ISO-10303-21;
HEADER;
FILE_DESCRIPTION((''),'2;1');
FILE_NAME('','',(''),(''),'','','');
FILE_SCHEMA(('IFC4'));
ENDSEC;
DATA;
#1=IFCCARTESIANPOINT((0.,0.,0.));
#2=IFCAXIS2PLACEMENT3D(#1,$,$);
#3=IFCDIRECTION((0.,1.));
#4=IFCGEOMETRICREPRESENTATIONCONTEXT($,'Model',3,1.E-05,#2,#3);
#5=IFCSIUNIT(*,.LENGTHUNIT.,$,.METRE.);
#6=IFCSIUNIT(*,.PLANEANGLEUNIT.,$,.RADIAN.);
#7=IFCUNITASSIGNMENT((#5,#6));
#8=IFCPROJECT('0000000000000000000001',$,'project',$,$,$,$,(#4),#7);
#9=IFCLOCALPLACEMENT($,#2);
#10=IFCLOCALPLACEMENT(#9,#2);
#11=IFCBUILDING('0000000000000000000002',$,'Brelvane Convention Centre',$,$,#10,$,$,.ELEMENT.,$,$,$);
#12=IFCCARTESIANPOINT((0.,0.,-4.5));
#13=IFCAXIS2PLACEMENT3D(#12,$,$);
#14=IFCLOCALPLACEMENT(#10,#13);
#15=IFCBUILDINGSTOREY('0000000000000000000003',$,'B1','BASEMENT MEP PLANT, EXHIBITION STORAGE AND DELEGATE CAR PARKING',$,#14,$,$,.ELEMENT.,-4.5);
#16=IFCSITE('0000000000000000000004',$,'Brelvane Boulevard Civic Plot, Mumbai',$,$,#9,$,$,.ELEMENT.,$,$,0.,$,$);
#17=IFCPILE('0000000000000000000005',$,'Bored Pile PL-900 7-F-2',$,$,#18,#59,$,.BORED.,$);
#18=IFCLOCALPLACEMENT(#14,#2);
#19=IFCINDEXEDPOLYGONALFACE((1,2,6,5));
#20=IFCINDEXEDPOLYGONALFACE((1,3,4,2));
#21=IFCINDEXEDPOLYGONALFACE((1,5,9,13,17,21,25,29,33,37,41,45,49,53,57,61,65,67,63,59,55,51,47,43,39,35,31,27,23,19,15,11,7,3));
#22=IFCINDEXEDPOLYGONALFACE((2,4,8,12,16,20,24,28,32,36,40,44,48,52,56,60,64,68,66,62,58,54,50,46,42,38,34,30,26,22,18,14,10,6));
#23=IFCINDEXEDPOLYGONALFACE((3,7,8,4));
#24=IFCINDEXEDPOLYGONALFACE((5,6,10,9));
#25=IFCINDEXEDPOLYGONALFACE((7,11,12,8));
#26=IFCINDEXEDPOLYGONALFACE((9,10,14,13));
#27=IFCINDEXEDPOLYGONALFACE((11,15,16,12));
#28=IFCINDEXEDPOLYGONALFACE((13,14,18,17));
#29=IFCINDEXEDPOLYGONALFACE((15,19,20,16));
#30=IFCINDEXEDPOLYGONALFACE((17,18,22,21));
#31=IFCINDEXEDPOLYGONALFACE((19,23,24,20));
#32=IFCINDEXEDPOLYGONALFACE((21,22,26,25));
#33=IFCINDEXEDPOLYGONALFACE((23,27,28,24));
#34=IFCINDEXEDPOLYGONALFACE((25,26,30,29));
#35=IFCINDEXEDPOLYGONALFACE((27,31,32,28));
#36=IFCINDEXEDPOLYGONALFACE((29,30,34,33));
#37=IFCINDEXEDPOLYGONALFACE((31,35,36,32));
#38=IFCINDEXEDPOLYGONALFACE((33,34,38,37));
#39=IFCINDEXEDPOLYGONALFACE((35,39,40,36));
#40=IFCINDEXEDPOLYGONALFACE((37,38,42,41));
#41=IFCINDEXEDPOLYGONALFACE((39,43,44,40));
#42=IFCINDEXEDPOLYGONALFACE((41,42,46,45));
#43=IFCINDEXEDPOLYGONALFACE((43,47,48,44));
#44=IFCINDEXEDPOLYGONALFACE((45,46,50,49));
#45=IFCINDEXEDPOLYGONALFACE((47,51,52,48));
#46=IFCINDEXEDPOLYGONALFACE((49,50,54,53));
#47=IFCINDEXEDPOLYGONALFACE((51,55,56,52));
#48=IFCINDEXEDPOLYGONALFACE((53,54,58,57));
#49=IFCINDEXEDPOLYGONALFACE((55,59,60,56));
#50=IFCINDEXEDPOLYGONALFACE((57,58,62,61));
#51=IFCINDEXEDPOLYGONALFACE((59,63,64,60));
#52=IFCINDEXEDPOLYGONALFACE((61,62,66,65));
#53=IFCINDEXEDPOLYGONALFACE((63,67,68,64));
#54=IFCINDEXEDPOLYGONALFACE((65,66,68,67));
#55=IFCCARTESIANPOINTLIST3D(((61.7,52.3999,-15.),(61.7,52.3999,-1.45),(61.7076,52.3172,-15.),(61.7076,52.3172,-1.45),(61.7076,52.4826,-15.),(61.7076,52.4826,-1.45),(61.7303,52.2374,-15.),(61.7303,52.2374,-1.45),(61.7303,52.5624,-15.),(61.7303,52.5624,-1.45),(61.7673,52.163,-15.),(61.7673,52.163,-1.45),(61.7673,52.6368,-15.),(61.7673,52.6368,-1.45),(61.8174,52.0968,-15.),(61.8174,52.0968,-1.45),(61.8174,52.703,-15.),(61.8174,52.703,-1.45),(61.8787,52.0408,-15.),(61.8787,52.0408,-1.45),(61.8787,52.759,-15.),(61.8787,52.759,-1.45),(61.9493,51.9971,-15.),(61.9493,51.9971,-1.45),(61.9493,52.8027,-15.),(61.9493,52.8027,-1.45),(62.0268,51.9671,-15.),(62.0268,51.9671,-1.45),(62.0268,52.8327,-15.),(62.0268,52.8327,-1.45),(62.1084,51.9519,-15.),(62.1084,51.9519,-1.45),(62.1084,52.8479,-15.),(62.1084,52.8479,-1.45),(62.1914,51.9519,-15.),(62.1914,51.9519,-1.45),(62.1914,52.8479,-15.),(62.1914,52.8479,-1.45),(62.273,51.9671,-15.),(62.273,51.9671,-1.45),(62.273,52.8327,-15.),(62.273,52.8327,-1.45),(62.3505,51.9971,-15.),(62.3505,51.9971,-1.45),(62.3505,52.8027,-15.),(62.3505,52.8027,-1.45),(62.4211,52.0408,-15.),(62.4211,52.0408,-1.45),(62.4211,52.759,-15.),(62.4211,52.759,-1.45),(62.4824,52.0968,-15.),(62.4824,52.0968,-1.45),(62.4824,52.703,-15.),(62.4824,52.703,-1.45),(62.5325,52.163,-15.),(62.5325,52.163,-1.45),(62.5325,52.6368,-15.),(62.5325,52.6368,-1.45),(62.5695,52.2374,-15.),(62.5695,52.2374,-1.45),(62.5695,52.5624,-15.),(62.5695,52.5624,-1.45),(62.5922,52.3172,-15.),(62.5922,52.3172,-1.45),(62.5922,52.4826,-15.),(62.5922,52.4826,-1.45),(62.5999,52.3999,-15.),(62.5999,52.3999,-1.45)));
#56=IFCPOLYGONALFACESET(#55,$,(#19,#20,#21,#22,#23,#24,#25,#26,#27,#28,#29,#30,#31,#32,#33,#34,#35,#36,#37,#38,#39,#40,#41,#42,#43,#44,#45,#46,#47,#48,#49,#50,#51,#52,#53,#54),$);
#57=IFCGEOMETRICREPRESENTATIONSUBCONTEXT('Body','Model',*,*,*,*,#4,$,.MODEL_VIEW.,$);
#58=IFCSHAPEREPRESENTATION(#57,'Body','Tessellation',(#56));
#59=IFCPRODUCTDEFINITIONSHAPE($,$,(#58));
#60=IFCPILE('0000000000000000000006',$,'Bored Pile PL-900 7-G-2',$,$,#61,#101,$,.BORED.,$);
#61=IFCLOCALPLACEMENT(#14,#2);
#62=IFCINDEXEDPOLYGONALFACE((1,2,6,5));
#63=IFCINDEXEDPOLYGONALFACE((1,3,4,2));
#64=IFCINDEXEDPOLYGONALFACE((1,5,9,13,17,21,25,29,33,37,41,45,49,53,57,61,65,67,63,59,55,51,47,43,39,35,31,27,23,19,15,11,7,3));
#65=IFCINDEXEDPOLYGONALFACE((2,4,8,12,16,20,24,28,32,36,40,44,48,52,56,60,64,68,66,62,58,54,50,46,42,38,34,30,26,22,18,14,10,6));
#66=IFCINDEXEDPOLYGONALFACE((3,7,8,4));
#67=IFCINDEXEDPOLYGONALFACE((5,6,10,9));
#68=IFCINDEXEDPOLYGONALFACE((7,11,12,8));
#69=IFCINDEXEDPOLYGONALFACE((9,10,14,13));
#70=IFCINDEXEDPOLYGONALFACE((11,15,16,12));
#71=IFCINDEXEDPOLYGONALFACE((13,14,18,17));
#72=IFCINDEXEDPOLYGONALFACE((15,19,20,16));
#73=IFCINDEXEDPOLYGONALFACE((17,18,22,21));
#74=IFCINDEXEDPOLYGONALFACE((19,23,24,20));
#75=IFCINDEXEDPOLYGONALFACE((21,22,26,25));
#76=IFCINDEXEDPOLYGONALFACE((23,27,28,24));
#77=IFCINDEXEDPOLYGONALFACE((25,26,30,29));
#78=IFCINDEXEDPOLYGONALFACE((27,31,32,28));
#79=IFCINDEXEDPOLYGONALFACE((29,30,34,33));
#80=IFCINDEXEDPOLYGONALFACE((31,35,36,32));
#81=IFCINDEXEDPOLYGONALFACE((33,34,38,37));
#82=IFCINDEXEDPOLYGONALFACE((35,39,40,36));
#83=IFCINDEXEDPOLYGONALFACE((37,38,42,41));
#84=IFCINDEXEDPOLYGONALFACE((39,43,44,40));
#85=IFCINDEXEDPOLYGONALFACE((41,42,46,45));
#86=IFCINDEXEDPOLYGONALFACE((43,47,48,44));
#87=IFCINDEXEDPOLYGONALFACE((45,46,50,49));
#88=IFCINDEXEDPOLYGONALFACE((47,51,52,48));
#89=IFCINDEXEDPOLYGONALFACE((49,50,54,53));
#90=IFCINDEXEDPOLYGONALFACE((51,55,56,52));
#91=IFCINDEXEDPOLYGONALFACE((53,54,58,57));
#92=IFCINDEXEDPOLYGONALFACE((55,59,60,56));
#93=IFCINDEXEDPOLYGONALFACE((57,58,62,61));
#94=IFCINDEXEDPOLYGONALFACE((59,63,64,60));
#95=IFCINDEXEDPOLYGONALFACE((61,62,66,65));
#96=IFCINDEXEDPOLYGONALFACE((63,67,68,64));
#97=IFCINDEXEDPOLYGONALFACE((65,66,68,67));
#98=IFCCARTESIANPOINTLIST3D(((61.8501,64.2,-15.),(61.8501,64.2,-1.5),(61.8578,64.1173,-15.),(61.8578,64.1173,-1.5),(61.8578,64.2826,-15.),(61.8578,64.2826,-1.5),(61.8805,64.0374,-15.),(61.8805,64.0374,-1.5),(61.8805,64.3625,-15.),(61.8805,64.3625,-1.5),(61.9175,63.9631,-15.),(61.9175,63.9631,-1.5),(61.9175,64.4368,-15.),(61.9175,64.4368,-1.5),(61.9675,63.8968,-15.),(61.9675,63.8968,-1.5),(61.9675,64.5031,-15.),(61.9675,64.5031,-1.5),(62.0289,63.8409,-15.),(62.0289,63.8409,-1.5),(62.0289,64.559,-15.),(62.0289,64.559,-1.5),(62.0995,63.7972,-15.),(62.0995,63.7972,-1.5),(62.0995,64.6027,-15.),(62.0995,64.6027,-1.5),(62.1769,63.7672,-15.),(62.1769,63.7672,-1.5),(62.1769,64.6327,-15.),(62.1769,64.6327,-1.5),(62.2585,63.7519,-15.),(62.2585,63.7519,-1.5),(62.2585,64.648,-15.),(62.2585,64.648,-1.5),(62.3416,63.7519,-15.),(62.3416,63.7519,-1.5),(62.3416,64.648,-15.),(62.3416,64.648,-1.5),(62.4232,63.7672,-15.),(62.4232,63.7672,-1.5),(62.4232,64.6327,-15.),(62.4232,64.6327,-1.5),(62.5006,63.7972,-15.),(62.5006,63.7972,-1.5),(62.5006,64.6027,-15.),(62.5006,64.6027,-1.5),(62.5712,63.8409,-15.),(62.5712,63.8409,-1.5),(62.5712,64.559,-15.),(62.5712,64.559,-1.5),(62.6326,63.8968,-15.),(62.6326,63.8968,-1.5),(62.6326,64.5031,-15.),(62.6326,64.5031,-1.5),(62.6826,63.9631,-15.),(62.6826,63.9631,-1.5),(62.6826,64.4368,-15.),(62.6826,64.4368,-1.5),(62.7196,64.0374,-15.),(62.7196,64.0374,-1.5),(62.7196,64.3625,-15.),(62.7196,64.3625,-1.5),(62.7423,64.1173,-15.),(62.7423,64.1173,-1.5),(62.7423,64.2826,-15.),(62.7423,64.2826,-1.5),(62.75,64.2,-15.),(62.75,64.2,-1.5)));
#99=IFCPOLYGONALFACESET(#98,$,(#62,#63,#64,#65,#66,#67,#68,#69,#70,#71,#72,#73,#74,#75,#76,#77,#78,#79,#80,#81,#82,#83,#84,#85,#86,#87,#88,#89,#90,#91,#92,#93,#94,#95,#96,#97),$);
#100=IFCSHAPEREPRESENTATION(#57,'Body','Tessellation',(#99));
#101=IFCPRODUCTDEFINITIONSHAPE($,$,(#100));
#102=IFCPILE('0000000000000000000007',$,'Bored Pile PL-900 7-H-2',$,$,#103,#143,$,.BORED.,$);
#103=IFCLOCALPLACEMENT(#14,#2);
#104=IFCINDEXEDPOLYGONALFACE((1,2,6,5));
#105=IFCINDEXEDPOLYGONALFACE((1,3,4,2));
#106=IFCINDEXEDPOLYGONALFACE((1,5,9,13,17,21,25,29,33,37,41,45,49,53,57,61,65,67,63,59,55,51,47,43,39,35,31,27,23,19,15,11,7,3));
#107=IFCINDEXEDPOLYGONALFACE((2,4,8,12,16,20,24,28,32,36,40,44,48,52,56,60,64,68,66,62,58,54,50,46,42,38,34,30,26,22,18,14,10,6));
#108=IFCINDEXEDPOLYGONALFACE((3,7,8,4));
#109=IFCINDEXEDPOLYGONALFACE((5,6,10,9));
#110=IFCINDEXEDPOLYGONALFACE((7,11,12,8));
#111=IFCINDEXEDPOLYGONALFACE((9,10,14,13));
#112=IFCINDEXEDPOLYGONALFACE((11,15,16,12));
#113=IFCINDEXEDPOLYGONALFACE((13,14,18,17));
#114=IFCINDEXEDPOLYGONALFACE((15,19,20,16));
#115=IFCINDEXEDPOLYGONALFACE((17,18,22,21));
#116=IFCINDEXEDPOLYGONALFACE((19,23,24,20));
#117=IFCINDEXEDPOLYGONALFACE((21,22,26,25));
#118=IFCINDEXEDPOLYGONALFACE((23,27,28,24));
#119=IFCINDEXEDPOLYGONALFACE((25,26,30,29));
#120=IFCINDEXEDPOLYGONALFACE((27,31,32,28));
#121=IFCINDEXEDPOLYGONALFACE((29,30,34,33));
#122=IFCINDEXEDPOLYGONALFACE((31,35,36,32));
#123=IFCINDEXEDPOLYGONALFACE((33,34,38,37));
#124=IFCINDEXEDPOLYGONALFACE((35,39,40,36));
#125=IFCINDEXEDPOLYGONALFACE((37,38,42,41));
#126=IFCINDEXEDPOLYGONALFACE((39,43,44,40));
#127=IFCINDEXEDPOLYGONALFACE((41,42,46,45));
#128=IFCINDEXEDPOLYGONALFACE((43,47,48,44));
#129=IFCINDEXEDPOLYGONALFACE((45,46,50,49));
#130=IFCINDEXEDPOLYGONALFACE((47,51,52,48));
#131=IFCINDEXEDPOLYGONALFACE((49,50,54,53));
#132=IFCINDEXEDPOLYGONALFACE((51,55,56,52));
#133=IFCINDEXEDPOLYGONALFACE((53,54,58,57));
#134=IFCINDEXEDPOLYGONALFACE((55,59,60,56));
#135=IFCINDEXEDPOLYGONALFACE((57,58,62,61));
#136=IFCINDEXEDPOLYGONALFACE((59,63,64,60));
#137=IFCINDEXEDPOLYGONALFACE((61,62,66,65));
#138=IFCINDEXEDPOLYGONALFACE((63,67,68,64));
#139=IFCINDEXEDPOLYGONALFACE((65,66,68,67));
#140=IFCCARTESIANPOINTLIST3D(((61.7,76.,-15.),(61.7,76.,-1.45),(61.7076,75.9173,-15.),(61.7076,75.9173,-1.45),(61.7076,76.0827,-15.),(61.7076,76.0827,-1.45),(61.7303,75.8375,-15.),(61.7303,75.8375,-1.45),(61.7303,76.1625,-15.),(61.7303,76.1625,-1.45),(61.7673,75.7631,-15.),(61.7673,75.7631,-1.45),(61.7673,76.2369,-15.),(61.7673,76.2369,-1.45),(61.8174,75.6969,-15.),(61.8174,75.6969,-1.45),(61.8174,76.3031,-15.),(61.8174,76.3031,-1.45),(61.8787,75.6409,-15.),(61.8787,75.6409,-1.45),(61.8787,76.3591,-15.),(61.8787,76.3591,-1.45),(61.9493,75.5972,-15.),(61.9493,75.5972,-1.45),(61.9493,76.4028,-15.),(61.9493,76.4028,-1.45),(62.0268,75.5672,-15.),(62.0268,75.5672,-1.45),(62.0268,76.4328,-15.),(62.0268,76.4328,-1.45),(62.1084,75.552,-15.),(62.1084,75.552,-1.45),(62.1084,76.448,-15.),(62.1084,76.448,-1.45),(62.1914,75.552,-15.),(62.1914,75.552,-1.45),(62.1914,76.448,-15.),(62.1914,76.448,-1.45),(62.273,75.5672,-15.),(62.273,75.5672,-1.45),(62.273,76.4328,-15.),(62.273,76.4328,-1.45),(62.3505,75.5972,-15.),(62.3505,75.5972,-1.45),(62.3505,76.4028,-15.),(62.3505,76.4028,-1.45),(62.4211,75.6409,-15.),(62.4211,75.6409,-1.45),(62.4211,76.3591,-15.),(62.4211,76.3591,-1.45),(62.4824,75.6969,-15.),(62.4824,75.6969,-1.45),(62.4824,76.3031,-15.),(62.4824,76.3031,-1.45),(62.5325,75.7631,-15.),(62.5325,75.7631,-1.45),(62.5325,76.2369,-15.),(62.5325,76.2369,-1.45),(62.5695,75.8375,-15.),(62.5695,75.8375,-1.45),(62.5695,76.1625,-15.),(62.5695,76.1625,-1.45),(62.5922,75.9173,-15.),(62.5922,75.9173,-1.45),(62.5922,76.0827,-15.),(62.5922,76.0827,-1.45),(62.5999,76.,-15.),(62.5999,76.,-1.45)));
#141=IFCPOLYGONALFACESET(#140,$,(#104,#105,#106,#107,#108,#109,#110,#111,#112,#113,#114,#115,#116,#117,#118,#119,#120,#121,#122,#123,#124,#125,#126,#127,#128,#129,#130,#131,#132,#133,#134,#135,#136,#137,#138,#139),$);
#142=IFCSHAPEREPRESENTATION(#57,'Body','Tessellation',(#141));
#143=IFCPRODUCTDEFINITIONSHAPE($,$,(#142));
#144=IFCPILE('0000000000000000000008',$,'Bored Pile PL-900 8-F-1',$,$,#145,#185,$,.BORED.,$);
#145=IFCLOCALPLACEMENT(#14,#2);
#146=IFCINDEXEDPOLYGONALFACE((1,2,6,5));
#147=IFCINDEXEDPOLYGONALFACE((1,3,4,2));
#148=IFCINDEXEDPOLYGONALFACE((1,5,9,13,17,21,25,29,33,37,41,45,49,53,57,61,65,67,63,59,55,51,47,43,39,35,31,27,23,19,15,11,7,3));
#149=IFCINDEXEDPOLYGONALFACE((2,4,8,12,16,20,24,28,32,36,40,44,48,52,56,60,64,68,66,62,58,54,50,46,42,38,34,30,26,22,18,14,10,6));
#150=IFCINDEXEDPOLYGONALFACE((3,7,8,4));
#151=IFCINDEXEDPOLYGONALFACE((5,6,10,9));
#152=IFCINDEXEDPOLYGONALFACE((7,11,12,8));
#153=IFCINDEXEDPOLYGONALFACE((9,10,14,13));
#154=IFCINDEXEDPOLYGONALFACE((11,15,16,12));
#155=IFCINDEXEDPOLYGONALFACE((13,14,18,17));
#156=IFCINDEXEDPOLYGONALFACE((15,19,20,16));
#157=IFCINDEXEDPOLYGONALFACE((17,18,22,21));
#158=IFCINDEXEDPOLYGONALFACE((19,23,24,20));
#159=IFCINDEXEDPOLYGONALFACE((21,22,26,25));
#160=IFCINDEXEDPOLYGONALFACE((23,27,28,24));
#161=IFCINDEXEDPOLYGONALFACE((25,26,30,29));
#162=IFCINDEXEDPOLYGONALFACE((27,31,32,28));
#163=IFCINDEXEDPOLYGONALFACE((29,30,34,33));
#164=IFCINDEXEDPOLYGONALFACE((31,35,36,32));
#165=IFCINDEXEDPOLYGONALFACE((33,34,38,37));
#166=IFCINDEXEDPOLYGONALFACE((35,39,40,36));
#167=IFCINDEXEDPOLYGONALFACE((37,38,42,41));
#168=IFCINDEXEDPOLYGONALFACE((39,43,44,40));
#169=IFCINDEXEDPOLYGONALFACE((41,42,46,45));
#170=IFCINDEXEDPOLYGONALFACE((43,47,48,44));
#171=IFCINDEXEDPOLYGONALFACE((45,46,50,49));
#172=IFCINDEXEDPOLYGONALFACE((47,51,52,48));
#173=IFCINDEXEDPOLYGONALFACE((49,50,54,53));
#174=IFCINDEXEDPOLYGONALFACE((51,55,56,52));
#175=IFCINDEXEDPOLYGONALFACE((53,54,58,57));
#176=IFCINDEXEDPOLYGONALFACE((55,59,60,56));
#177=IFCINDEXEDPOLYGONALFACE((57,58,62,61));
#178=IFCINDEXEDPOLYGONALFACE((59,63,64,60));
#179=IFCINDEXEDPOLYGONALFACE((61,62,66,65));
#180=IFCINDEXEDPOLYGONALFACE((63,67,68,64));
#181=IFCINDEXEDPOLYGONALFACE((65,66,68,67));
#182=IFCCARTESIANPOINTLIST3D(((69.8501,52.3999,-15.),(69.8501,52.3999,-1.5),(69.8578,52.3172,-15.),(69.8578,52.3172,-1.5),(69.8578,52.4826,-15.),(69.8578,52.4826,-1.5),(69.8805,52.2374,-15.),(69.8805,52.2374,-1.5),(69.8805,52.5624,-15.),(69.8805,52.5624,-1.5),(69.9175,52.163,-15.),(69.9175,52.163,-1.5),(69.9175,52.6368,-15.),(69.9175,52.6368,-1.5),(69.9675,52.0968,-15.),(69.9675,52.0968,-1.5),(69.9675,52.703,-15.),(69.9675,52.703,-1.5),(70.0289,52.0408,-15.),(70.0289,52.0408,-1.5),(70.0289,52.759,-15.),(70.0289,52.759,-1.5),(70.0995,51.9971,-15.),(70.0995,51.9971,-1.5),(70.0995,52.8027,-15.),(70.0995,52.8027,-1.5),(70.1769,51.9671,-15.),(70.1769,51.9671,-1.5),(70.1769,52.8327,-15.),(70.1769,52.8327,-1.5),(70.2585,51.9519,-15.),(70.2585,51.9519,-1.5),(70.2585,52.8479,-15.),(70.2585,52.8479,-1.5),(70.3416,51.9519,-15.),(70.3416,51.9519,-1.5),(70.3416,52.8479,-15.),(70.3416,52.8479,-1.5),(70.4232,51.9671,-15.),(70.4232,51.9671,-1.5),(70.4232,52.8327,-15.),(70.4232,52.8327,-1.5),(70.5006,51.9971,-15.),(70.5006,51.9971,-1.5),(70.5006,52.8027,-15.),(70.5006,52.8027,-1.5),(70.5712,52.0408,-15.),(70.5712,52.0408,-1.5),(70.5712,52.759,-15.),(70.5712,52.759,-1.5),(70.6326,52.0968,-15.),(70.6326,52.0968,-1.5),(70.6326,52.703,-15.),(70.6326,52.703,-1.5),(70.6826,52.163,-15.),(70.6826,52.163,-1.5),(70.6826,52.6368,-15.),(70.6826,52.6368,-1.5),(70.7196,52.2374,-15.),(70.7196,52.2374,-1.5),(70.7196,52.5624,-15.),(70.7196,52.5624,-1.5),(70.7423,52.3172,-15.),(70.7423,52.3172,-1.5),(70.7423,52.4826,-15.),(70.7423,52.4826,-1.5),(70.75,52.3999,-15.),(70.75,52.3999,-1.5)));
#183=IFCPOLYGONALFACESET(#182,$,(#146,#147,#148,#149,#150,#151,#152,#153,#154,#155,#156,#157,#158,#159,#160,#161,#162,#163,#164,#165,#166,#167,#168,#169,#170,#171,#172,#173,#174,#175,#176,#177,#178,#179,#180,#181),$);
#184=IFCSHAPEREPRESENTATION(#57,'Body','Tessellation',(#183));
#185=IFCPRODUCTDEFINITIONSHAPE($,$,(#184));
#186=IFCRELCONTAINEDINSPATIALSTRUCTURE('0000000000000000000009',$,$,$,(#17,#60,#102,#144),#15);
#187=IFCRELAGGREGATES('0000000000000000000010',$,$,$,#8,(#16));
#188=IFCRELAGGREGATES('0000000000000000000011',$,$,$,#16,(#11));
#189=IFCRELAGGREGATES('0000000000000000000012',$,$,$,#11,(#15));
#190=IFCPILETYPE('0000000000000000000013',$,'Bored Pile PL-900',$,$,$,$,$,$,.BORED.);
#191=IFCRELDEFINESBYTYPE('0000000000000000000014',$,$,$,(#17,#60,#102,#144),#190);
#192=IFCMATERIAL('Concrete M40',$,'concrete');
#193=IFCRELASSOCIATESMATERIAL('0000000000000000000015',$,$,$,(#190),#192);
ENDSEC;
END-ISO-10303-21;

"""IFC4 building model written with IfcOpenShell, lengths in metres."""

from ifc_helpers import new_model, si_unit, direction, frame, origin, origin_2d, place, context, subcontext, project, spatial, circle, extrude, material, material_profile, profile_set, type_object, element, save


model = new_model("IFC4")

# Units and contexts
model_context = context("Model", 3, precision=1e-05, world=origin(), true_north=direction((0.0, 1.0)))
body_context = subcontext(model_context, "Body", "Model", "MODEL_VIEW")
ifc_project = project(units=[si_unit("LENGTHUNIT", "METRE"), si_unit("PLANEANGLEUNIT", "RADIAN")], contexts=[model_context])

# Site, building, storey
site_placement = place(None, origin())
site = spatial("IfcSite", under=ifc_project, at=site_placement, Name="Brelvane Boulevard Civic Plot, Mumbai", CompositionType="ELEMENT", RefElevation=0.0)
building_placement = place(site_placement, origin())
building = spatial("IfcBuilding", under=site, at=building_placement, Name="Brelvane Convention Centre", CompositionType="ELEMENT")
storey_placement = place(building_placement, frame((0.0, 0.0, -4.5)))
storey = spatial("IfcBuildingStorey", under=building, at=storey_placement, Name="B1", Description="BASEMENT MEP PLANT, EXHIBITION STORAGE AND DELEGATE CAR PARKING", CompositionType="ELEMENT", Elevation=-4.5)

# Piles
ifc_material_1 = material(Name="Concrete M40", Category="concrete")
ifc_material_profile_1 = material_profile(ifc_material_1, circle(Radius=0.45, at=origin_2d()), Name="PILE D900")
ifc_profile_set_1 = profile_set([ifc_material_profile_1], Name="Concrete M40")
pile_type = type_object("IfcPileType", Name="Bored Pile PL-900", PredefinedType="BORED", material=ifc_profile_set_1)
pile_1_placement = place(storey_placement, frame((62.1499, 52.3999, -1.45), z_axis=(0.0, 0.0, -1.0), x_axis=(1.0, 0.0, 0.0)))
element("IfcPile", 1, at=pile_1_placement, inside=storey, type_object=pile_type, Name="Bored Pile PL-900 7-F-2", PredefinedType="BORED", context=body_context, shape_type="SweptSolid", body=[
    extrude(circle(Radius=0.45, at=origin_2d()), origin(), (0.0, 0.0, 1.0), 13.55),
])
pile_2_placement = place(storey_placement, frame((62.3, 64.2, -1.5), z_axis=(0.0, 0.0, -1.0), x_axis=(1.0, 0.0, 0.0)))
element("IfcPile", 2, at=pile_2_placement, inside=storey, type_object=pile_type, Name="Bored Pile PL-900 7-G-2", PredefinedType="BORED", context=body_context, shape_type="SweptSolid", body=[
    extrude(circle(Radius=0.45, at=origin_2d()), origin(), (0.0, 0.0, 1.0), 13.5),
])
pile_3_placement = place(storey_placement, frame((62.1499, 76.0, -1.45), z_axis=(0.0, 0.0, -1.0), x_axis=(1.0, 0.0, 0.0)))
element("IfcPile", 3, at=pile_3_placement, inside=storey, type_object=pile_type, Name="Bored Pile PL-900 7-H-2", PredefinedType="BORED", context=body_context, shape_type="SweptSolid", body=[
    extrude(circle(Radius=0.45, at=origin_2d()), origin(), (0.0, 0.0, 1.0), 13.55),
])
pile_4_placement = place(storey_placement, frame((70.3, 52.3999, -1.5), z_axis=(0.0, 0.0, -1.0), x_axis=(1.0, 0.0, 0.0)))
element("IfcPile", 4, at=pile_4_placement, inside=storey, type_object=pile_type, Name="Bored Pile PL-900 8-F-1", PredefinedType="BORED", context=body_context, shape_type="SweptSolid", body=[
    extrude(circle(Radius=0.45, at=origin_2d()), origin(), (0.0, 0.0, 1.0), 13.5),
])

save(model, "model.ifc")
